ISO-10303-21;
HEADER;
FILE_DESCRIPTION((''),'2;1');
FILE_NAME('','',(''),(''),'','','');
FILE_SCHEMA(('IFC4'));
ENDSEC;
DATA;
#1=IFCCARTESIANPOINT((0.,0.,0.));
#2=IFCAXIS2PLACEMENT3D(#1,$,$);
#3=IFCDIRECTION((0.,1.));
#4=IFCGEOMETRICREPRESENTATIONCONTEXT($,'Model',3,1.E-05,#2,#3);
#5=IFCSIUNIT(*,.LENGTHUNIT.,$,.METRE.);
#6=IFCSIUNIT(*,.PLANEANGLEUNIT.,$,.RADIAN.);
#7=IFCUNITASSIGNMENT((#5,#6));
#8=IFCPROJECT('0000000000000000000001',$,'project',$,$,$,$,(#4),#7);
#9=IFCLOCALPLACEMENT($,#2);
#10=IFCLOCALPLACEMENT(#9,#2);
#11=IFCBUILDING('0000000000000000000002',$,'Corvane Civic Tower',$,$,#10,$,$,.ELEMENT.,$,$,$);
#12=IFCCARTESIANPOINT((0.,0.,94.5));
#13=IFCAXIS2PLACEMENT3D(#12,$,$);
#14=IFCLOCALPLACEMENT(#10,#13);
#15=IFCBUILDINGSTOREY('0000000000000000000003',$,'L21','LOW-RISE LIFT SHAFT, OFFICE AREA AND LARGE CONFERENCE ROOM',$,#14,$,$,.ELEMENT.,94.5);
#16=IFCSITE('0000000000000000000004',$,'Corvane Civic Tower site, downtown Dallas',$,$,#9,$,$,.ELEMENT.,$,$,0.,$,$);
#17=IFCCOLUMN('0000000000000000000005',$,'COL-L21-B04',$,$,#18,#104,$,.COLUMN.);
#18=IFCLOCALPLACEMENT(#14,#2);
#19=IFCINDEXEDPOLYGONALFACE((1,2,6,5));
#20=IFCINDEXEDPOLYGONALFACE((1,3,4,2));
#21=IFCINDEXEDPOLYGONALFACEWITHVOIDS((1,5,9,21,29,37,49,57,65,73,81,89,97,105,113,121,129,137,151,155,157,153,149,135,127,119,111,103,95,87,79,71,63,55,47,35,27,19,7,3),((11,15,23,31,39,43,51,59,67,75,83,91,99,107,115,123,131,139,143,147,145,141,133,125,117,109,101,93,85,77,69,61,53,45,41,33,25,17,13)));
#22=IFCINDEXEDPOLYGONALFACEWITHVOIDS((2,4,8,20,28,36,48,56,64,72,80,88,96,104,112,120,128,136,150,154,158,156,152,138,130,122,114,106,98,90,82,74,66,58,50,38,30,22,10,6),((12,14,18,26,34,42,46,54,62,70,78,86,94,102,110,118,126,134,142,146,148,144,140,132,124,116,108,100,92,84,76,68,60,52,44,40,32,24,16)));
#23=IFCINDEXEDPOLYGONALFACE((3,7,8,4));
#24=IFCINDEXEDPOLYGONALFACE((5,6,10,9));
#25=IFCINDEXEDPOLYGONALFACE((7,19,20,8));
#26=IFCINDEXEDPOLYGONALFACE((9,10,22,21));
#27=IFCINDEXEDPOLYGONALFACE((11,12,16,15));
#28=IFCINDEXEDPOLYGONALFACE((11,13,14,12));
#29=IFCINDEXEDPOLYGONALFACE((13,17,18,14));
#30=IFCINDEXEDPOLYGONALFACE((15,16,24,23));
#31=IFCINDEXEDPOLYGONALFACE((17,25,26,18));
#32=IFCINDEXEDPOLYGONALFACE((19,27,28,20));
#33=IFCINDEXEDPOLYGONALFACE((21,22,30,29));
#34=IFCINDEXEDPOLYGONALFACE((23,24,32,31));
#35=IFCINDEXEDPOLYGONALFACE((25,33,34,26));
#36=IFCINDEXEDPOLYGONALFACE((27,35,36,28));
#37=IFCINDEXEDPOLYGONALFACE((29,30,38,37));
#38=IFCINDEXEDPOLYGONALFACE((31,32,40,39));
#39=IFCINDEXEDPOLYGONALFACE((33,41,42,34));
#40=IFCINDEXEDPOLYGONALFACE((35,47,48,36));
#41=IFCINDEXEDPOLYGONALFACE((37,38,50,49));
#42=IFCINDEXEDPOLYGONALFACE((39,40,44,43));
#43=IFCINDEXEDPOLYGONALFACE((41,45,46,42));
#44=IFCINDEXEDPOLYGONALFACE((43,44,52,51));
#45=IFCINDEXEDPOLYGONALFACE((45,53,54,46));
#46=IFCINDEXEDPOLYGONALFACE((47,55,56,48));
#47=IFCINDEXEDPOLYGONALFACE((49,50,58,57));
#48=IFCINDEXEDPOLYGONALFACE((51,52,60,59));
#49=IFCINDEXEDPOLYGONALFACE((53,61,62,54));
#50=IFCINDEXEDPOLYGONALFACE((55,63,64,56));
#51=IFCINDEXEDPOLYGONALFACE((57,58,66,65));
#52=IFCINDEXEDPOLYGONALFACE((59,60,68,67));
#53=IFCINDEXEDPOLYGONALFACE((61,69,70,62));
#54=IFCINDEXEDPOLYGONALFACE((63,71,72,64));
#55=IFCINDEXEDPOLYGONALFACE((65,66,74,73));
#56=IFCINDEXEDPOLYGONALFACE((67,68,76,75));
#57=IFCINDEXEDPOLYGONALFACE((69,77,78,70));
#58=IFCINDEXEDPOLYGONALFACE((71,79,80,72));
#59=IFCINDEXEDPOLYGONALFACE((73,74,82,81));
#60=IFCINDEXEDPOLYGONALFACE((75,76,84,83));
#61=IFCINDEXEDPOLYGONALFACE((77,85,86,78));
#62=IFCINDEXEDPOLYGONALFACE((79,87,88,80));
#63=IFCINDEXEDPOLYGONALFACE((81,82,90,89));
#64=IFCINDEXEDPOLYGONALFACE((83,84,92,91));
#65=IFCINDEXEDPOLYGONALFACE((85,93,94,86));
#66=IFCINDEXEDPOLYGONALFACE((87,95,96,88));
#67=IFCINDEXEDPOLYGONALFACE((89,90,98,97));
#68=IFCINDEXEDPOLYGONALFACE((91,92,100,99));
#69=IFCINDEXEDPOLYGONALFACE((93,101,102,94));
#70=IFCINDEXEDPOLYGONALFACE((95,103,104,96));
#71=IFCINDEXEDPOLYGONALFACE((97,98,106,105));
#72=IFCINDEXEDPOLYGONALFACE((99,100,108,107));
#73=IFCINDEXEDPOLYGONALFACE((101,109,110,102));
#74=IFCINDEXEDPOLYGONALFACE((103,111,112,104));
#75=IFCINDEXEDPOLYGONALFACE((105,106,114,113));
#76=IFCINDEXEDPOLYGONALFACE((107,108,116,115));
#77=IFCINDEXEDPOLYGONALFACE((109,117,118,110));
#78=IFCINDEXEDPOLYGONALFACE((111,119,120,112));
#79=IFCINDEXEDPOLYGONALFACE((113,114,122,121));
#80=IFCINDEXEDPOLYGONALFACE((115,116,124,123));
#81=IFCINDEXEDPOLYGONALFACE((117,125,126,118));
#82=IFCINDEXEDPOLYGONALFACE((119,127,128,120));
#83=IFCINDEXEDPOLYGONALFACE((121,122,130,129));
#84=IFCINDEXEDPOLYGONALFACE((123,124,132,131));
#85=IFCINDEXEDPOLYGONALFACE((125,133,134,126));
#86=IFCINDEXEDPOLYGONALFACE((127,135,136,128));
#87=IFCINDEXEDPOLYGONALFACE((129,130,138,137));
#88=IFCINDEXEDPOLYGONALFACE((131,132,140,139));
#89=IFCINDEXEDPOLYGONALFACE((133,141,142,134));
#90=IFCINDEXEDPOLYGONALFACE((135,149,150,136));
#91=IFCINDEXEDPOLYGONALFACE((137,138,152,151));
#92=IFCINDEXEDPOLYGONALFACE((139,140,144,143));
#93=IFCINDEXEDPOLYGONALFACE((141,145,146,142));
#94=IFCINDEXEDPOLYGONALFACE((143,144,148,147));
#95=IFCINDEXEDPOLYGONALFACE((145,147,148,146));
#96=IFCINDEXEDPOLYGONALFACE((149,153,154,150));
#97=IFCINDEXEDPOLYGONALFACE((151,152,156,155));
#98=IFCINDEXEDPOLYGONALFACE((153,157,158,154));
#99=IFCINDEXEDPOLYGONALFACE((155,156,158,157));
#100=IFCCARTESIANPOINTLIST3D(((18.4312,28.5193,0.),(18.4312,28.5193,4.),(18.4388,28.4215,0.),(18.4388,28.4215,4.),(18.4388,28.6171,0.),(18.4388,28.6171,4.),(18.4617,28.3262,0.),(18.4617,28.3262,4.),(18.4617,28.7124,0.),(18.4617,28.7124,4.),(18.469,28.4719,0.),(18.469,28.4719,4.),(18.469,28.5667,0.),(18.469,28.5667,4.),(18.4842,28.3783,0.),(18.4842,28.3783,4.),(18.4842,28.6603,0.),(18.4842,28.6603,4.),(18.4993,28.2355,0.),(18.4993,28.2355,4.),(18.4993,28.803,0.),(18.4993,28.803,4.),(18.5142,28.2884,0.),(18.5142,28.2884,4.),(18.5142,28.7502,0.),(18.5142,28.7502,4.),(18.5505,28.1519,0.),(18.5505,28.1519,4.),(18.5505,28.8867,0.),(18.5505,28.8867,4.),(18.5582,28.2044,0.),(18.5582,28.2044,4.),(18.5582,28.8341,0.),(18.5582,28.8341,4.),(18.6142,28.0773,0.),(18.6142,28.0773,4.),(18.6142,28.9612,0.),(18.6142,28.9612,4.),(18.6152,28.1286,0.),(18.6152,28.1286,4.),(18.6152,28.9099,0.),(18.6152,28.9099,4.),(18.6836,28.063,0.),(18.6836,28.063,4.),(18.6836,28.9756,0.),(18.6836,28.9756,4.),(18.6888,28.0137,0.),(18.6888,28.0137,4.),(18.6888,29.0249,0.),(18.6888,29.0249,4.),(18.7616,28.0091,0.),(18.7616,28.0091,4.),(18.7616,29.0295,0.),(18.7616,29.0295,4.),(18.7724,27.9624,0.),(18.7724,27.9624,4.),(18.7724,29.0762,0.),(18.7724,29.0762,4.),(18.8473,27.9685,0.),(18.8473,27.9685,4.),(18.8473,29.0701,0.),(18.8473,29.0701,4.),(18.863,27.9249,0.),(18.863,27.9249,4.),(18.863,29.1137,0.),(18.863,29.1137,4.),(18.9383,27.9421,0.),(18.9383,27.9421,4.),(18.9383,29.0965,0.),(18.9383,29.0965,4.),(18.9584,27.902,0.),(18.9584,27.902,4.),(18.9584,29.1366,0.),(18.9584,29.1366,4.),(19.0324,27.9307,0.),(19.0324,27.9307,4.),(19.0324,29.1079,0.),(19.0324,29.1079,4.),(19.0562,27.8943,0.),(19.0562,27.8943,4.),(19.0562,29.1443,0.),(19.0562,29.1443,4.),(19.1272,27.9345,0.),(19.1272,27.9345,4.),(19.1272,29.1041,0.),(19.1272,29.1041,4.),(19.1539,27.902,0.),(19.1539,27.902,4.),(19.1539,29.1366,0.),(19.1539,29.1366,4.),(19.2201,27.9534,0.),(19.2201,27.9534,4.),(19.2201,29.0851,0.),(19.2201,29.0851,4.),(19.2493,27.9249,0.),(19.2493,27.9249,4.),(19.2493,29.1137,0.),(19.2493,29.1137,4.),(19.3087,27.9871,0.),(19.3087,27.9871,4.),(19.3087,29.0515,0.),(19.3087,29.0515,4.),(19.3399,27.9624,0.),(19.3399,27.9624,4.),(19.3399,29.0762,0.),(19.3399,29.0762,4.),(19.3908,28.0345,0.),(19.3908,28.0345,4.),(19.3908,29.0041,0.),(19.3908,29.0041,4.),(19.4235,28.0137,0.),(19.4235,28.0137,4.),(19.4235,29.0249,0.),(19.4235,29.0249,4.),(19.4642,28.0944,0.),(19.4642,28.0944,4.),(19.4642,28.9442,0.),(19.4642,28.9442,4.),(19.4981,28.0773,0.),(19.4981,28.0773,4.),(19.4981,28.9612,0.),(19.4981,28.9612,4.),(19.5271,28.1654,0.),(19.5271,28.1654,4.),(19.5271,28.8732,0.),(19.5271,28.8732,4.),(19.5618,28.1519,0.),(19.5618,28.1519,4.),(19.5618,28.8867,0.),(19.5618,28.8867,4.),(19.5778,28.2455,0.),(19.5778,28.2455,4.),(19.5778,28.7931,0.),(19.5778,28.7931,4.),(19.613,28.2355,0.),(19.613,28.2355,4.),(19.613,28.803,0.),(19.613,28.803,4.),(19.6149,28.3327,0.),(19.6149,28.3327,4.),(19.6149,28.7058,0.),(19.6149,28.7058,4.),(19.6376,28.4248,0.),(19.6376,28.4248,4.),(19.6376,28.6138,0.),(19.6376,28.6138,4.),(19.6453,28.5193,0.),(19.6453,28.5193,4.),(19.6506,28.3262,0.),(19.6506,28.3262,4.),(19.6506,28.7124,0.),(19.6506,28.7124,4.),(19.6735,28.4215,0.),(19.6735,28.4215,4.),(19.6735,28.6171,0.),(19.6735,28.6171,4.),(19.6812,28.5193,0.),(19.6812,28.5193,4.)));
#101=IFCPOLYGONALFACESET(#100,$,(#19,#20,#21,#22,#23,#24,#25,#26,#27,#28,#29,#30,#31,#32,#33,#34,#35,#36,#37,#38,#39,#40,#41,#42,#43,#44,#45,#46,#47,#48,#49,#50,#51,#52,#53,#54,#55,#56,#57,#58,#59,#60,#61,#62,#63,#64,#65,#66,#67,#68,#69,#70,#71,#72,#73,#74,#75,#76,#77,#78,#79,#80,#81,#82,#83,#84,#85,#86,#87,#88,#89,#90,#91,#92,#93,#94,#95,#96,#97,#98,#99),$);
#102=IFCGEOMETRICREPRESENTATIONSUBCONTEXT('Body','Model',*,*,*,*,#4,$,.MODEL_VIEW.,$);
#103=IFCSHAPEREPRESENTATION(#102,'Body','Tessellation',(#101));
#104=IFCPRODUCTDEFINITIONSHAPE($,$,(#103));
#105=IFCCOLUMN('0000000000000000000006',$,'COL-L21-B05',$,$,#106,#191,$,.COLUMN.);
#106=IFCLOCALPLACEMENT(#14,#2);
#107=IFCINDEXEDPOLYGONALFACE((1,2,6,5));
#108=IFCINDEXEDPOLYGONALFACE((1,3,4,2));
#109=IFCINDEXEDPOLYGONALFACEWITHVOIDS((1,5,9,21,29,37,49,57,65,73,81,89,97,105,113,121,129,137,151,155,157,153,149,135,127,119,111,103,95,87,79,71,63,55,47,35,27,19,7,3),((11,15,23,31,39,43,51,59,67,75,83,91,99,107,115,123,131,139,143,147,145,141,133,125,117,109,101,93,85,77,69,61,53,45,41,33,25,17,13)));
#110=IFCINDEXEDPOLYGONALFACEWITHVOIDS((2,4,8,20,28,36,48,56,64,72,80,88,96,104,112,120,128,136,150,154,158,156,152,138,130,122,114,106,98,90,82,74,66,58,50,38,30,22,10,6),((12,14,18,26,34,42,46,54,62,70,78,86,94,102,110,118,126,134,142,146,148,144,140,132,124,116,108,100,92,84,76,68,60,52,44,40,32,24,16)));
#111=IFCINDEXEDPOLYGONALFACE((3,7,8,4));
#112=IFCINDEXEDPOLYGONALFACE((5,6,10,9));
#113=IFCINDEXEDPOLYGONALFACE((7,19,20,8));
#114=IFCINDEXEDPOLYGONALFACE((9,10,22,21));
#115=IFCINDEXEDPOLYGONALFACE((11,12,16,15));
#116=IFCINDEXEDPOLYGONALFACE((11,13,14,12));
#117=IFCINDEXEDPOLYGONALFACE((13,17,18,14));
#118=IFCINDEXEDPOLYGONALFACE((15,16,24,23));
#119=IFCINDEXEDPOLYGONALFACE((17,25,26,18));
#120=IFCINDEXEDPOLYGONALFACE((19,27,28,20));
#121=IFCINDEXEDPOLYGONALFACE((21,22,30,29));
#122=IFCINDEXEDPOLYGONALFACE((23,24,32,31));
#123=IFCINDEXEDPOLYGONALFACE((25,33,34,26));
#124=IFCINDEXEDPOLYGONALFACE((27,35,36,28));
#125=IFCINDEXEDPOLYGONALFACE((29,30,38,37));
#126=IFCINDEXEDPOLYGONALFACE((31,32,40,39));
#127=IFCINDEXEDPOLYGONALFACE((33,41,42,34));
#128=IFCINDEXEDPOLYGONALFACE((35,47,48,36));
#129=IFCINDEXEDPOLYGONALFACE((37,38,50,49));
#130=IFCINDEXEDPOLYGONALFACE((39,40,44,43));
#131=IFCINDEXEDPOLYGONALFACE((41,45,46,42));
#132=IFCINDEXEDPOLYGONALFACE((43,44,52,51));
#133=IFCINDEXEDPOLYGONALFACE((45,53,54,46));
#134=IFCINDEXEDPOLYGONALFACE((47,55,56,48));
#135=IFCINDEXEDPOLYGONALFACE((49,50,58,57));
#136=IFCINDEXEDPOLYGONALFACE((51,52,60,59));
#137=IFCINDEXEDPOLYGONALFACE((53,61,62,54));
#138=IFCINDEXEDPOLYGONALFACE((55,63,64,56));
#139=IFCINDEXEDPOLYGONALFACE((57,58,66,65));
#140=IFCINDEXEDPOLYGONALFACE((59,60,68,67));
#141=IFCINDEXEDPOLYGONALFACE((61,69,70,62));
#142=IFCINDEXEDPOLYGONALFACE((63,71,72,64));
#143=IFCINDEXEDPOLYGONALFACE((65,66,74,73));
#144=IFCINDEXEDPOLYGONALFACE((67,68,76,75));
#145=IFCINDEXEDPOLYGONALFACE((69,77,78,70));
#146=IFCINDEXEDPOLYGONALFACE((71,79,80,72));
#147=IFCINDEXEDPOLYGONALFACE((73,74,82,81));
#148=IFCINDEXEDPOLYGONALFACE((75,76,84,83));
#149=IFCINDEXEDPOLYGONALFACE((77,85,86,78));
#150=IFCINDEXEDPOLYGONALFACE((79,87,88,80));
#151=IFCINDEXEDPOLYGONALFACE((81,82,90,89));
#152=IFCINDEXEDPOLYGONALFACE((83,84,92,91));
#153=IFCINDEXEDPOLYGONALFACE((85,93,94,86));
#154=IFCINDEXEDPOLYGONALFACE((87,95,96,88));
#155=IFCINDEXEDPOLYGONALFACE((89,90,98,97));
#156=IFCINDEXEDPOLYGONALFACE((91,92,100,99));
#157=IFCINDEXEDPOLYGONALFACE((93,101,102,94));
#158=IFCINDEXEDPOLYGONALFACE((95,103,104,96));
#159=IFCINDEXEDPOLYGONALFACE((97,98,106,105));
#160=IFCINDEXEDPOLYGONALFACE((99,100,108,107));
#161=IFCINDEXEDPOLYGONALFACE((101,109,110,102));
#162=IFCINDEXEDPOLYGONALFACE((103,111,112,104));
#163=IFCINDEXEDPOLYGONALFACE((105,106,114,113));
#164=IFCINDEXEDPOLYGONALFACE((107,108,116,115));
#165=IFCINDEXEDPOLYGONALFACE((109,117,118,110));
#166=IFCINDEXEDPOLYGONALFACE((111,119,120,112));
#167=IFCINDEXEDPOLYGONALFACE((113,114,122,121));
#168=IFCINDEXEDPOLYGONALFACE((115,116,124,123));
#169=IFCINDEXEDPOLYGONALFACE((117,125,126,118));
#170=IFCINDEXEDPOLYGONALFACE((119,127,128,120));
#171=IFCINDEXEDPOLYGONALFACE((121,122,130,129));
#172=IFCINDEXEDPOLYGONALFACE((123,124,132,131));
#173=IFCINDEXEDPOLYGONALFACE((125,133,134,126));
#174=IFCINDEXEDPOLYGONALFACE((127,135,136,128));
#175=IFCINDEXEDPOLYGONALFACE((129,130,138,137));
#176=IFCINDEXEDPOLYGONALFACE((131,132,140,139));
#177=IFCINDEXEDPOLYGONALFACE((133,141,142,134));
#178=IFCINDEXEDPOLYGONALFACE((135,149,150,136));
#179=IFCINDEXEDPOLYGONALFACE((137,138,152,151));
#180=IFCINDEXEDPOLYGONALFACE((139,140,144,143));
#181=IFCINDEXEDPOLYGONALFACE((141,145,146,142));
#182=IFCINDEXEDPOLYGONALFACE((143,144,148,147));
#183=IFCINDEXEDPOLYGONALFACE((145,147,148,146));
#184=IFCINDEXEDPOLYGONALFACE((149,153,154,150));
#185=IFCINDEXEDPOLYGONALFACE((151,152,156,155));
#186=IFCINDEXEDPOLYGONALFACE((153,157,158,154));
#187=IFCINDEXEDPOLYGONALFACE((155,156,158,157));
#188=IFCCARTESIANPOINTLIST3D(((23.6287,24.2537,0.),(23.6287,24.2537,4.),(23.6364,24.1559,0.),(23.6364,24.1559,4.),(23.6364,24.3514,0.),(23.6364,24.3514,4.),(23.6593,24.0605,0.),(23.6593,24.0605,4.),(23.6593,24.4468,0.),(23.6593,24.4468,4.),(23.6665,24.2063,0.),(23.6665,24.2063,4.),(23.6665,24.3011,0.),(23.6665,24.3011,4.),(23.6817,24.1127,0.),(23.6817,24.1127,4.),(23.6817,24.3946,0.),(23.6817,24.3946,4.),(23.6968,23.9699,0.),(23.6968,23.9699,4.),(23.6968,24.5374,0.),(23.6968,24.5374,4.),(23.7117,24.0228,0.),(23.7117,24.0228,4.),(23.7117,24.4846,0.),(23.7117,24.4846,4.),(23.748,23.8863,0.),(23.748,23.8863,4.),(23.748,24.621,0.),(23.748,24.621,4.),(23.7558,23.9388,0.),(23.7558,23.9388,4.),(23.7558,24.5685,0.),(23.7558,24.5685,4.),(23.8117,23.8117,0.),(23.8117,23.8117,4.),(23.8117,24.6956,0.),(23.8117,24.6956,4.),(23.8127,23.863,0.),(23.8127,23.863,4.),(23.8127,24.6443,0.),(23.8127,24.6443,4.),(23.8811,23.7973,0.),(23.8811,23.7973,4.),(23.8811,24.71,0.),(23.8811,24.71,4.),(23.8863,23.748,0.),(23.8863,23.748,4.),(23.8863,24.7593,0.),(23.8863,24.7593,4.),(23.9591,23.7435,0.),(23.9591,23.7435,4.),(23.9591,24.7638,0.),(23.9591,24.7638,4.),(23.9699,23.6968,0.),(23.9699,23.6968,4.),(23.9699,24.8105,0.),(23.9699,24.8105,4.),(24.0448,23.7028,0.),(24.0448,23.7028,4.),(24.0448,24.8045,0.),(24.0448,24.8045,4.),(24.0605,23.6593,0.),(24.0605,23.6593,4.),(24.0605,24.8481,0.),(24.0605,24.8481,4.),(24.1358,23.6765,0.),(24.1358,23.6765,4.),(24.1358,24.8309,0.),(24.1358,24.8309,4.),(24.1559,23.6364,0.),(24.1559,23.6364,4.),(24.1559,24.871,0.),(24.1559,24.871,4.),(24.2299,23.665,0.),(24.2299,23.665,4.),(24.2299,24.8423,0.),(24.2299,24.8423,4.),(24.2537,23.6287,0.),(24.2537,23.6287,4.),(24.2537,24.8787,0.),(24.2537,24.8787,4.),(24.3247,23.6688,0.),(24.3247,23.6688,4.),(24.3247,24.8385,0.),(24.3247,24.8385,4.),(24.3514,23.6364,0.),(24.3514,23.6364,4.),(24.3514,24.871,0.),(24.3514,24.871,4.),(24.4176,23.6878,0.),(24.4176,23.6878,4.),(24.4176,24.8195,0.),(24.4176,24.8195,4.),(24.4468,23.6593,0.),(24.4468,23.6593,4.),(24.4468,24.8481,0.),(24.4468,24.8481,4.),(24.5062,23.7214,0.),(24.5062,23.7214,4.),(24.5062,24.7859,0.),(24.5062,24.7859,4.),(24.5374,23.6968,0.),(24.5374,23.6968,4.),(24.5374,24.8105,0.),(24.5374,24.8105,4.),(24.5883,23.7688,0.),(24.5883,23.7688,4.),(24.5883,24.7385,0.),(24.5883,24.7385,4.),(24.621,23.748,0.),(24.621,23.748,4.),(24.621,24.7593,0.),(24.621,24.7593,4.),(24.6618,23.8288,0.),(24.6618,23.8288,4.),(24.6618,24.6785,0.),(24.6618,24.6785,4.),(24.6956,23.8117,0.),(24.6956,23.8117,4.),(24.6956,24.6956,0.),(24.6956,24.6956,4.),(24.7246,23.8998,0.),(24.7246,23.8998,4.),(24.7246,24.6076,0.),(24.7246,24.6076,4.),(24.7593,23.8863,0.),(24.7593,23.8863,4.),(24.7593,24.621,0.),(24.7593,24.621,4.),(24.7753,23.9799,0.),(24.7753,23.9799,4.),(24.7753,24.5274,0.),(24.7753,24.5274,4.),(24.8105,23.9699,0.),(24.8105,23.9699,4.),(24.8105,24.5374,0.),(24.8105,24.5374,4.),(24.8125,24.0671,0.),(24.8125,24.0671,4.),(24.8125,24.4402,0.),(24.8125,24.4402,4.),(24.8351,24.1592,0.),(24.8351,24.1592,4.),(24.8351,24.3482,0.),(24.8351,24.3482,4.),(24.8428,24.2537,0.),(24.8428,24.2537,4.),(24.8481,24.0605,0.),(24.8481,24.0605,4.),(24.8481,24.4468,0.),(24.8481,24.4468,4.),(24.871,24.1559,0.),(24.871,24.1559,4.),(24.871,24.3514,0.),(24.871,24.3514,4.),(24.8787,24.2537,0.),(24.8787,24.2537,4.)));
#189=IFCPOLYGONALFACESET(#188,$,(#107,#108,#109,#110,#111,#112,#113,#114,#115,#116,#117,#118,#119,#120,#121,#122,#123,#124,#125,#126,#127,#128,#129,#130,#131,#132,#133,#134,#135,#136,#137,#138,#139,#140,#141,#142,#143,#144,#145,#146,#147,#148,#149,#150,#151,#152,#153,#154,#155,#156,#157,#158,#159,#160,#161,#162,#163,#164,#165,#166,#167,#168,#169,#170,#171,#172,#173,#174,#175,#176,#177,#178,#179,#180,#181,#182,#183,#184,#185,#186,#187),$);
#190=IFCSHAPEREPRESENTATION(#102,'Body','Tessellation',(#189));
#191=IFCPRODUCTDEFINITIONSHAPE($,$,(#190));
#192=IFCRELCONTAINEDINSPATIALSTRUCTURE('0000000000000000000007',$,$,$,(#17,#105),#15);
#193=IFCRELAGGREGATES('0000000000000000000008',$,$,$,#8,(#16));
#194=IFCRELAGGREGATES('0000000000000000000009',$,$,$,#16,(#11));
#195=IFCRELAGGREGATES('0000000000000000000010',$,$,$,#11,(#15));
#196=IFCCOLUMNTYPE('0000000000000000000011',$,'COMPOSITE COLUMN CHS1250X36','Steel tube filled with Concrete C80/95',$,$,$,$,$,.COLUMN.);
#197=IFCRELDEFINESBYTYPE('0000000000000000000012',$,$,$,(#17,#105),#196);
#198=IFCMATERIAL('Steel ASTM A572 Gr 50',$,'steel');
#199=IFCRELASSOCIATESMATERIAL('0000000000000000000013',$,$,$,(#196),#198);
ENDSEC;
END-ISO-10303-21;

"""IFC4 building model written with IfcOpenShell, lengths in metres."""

from ifc_helpers import new_model, si_unit, direction, frame, origin, origin_2d, place, context, subcontext, project, spatial, hollow_circle, extrude, material, material_profile, profile_set, type_object, element, save


model = new_model("IFC4")

# Units and contexts
model_context = context("Model", 3, precision=1e-05, world=origin(), true_north=direction((0.0, 1.0)))
body_context = subcontext(model_context, "Body", "Model", "MODEL_VIEW")
ifc_project = project(units=[si_unit("LENGTHUNIT", "METRE"), si_unit("PLANEANGLEUNIT", "RADIAN")], contexts=[model_context])

# Site, building, storey
site_placement = place(None, origin())
site = spatial("IfcSite", under=ifc_project, at=site_placement, Name="Corvane Civic Tower site, downtown Dallas", CompositionType="ELEMENT", RefElevation=0.0)
building_placement = place(site_placement, origin())
building = spatial("IfcBuilding", under=site, at=building_placement, Name="Corvane Civic Tower", CompositionType="ELEMENT")
storey_placement = place(building_placement, frame((0.0, 0.0, 94.5)))
storey = spatial("IfcBuildingStorey", under=building, at=storey_placement, Name="L21", Description="LOW-RISE LIFT SHAFT, OFFICE AREA AND LARGE CONFERENCE ROOM", CompositionType="ELEMENT", Elevation=94.5)

# Columns
ifc_material_1 = material(Name="Steel ASTM A572 Gr 50", Category="steel")
ifc_material_profile_1 = material_profile(ifc_material_1, hollow_circle(Radius=0.625, WallThickness=0.0359, at=origin_2d()), Name="CHS1250X36")
ifc_profile_set_1 = profile_set([ifc_material_profile_1], Name="Steel ASTM A572 Gr 50")
column_type = type_object("IfcColumnType", Name="COMPOSITE COLUMN CHS1250X36", Description="Steel tube filled with Concrete C80/95", PredefinedType="COLUMN", material=ifc_profile_set_1)
for number, where, z_axis, x_axis, name in (
    (1, (19.0562, 28.5193, 0.0), (0.0, 0.0, 1.0), (1.0, 0.0, 0.0), "COL-L21-B04"),
    (2, (24.2537, 24.2537, 0.0), (0.0, 0.0, 1.0), (1.0, 0.0, 0.0), "COL-L21-B05"),
):
    element("IfcColumn", number, at=place(storey_placement, frame(where, z_axis=z_axis, x_axis=x_axis)), inside=storey, type_object=column_type, Name=name, PredefinedType="COLUMN", context=body_context, shape_type="SweptSolid", body=[
        extrude(hollow_circle(Radius=0.625, WallThickness=0.0359, at=origin_2d()), origin(), (0.0, 0.0, 1.0), 4.0),
    ])

save(model, "model.ifc")
